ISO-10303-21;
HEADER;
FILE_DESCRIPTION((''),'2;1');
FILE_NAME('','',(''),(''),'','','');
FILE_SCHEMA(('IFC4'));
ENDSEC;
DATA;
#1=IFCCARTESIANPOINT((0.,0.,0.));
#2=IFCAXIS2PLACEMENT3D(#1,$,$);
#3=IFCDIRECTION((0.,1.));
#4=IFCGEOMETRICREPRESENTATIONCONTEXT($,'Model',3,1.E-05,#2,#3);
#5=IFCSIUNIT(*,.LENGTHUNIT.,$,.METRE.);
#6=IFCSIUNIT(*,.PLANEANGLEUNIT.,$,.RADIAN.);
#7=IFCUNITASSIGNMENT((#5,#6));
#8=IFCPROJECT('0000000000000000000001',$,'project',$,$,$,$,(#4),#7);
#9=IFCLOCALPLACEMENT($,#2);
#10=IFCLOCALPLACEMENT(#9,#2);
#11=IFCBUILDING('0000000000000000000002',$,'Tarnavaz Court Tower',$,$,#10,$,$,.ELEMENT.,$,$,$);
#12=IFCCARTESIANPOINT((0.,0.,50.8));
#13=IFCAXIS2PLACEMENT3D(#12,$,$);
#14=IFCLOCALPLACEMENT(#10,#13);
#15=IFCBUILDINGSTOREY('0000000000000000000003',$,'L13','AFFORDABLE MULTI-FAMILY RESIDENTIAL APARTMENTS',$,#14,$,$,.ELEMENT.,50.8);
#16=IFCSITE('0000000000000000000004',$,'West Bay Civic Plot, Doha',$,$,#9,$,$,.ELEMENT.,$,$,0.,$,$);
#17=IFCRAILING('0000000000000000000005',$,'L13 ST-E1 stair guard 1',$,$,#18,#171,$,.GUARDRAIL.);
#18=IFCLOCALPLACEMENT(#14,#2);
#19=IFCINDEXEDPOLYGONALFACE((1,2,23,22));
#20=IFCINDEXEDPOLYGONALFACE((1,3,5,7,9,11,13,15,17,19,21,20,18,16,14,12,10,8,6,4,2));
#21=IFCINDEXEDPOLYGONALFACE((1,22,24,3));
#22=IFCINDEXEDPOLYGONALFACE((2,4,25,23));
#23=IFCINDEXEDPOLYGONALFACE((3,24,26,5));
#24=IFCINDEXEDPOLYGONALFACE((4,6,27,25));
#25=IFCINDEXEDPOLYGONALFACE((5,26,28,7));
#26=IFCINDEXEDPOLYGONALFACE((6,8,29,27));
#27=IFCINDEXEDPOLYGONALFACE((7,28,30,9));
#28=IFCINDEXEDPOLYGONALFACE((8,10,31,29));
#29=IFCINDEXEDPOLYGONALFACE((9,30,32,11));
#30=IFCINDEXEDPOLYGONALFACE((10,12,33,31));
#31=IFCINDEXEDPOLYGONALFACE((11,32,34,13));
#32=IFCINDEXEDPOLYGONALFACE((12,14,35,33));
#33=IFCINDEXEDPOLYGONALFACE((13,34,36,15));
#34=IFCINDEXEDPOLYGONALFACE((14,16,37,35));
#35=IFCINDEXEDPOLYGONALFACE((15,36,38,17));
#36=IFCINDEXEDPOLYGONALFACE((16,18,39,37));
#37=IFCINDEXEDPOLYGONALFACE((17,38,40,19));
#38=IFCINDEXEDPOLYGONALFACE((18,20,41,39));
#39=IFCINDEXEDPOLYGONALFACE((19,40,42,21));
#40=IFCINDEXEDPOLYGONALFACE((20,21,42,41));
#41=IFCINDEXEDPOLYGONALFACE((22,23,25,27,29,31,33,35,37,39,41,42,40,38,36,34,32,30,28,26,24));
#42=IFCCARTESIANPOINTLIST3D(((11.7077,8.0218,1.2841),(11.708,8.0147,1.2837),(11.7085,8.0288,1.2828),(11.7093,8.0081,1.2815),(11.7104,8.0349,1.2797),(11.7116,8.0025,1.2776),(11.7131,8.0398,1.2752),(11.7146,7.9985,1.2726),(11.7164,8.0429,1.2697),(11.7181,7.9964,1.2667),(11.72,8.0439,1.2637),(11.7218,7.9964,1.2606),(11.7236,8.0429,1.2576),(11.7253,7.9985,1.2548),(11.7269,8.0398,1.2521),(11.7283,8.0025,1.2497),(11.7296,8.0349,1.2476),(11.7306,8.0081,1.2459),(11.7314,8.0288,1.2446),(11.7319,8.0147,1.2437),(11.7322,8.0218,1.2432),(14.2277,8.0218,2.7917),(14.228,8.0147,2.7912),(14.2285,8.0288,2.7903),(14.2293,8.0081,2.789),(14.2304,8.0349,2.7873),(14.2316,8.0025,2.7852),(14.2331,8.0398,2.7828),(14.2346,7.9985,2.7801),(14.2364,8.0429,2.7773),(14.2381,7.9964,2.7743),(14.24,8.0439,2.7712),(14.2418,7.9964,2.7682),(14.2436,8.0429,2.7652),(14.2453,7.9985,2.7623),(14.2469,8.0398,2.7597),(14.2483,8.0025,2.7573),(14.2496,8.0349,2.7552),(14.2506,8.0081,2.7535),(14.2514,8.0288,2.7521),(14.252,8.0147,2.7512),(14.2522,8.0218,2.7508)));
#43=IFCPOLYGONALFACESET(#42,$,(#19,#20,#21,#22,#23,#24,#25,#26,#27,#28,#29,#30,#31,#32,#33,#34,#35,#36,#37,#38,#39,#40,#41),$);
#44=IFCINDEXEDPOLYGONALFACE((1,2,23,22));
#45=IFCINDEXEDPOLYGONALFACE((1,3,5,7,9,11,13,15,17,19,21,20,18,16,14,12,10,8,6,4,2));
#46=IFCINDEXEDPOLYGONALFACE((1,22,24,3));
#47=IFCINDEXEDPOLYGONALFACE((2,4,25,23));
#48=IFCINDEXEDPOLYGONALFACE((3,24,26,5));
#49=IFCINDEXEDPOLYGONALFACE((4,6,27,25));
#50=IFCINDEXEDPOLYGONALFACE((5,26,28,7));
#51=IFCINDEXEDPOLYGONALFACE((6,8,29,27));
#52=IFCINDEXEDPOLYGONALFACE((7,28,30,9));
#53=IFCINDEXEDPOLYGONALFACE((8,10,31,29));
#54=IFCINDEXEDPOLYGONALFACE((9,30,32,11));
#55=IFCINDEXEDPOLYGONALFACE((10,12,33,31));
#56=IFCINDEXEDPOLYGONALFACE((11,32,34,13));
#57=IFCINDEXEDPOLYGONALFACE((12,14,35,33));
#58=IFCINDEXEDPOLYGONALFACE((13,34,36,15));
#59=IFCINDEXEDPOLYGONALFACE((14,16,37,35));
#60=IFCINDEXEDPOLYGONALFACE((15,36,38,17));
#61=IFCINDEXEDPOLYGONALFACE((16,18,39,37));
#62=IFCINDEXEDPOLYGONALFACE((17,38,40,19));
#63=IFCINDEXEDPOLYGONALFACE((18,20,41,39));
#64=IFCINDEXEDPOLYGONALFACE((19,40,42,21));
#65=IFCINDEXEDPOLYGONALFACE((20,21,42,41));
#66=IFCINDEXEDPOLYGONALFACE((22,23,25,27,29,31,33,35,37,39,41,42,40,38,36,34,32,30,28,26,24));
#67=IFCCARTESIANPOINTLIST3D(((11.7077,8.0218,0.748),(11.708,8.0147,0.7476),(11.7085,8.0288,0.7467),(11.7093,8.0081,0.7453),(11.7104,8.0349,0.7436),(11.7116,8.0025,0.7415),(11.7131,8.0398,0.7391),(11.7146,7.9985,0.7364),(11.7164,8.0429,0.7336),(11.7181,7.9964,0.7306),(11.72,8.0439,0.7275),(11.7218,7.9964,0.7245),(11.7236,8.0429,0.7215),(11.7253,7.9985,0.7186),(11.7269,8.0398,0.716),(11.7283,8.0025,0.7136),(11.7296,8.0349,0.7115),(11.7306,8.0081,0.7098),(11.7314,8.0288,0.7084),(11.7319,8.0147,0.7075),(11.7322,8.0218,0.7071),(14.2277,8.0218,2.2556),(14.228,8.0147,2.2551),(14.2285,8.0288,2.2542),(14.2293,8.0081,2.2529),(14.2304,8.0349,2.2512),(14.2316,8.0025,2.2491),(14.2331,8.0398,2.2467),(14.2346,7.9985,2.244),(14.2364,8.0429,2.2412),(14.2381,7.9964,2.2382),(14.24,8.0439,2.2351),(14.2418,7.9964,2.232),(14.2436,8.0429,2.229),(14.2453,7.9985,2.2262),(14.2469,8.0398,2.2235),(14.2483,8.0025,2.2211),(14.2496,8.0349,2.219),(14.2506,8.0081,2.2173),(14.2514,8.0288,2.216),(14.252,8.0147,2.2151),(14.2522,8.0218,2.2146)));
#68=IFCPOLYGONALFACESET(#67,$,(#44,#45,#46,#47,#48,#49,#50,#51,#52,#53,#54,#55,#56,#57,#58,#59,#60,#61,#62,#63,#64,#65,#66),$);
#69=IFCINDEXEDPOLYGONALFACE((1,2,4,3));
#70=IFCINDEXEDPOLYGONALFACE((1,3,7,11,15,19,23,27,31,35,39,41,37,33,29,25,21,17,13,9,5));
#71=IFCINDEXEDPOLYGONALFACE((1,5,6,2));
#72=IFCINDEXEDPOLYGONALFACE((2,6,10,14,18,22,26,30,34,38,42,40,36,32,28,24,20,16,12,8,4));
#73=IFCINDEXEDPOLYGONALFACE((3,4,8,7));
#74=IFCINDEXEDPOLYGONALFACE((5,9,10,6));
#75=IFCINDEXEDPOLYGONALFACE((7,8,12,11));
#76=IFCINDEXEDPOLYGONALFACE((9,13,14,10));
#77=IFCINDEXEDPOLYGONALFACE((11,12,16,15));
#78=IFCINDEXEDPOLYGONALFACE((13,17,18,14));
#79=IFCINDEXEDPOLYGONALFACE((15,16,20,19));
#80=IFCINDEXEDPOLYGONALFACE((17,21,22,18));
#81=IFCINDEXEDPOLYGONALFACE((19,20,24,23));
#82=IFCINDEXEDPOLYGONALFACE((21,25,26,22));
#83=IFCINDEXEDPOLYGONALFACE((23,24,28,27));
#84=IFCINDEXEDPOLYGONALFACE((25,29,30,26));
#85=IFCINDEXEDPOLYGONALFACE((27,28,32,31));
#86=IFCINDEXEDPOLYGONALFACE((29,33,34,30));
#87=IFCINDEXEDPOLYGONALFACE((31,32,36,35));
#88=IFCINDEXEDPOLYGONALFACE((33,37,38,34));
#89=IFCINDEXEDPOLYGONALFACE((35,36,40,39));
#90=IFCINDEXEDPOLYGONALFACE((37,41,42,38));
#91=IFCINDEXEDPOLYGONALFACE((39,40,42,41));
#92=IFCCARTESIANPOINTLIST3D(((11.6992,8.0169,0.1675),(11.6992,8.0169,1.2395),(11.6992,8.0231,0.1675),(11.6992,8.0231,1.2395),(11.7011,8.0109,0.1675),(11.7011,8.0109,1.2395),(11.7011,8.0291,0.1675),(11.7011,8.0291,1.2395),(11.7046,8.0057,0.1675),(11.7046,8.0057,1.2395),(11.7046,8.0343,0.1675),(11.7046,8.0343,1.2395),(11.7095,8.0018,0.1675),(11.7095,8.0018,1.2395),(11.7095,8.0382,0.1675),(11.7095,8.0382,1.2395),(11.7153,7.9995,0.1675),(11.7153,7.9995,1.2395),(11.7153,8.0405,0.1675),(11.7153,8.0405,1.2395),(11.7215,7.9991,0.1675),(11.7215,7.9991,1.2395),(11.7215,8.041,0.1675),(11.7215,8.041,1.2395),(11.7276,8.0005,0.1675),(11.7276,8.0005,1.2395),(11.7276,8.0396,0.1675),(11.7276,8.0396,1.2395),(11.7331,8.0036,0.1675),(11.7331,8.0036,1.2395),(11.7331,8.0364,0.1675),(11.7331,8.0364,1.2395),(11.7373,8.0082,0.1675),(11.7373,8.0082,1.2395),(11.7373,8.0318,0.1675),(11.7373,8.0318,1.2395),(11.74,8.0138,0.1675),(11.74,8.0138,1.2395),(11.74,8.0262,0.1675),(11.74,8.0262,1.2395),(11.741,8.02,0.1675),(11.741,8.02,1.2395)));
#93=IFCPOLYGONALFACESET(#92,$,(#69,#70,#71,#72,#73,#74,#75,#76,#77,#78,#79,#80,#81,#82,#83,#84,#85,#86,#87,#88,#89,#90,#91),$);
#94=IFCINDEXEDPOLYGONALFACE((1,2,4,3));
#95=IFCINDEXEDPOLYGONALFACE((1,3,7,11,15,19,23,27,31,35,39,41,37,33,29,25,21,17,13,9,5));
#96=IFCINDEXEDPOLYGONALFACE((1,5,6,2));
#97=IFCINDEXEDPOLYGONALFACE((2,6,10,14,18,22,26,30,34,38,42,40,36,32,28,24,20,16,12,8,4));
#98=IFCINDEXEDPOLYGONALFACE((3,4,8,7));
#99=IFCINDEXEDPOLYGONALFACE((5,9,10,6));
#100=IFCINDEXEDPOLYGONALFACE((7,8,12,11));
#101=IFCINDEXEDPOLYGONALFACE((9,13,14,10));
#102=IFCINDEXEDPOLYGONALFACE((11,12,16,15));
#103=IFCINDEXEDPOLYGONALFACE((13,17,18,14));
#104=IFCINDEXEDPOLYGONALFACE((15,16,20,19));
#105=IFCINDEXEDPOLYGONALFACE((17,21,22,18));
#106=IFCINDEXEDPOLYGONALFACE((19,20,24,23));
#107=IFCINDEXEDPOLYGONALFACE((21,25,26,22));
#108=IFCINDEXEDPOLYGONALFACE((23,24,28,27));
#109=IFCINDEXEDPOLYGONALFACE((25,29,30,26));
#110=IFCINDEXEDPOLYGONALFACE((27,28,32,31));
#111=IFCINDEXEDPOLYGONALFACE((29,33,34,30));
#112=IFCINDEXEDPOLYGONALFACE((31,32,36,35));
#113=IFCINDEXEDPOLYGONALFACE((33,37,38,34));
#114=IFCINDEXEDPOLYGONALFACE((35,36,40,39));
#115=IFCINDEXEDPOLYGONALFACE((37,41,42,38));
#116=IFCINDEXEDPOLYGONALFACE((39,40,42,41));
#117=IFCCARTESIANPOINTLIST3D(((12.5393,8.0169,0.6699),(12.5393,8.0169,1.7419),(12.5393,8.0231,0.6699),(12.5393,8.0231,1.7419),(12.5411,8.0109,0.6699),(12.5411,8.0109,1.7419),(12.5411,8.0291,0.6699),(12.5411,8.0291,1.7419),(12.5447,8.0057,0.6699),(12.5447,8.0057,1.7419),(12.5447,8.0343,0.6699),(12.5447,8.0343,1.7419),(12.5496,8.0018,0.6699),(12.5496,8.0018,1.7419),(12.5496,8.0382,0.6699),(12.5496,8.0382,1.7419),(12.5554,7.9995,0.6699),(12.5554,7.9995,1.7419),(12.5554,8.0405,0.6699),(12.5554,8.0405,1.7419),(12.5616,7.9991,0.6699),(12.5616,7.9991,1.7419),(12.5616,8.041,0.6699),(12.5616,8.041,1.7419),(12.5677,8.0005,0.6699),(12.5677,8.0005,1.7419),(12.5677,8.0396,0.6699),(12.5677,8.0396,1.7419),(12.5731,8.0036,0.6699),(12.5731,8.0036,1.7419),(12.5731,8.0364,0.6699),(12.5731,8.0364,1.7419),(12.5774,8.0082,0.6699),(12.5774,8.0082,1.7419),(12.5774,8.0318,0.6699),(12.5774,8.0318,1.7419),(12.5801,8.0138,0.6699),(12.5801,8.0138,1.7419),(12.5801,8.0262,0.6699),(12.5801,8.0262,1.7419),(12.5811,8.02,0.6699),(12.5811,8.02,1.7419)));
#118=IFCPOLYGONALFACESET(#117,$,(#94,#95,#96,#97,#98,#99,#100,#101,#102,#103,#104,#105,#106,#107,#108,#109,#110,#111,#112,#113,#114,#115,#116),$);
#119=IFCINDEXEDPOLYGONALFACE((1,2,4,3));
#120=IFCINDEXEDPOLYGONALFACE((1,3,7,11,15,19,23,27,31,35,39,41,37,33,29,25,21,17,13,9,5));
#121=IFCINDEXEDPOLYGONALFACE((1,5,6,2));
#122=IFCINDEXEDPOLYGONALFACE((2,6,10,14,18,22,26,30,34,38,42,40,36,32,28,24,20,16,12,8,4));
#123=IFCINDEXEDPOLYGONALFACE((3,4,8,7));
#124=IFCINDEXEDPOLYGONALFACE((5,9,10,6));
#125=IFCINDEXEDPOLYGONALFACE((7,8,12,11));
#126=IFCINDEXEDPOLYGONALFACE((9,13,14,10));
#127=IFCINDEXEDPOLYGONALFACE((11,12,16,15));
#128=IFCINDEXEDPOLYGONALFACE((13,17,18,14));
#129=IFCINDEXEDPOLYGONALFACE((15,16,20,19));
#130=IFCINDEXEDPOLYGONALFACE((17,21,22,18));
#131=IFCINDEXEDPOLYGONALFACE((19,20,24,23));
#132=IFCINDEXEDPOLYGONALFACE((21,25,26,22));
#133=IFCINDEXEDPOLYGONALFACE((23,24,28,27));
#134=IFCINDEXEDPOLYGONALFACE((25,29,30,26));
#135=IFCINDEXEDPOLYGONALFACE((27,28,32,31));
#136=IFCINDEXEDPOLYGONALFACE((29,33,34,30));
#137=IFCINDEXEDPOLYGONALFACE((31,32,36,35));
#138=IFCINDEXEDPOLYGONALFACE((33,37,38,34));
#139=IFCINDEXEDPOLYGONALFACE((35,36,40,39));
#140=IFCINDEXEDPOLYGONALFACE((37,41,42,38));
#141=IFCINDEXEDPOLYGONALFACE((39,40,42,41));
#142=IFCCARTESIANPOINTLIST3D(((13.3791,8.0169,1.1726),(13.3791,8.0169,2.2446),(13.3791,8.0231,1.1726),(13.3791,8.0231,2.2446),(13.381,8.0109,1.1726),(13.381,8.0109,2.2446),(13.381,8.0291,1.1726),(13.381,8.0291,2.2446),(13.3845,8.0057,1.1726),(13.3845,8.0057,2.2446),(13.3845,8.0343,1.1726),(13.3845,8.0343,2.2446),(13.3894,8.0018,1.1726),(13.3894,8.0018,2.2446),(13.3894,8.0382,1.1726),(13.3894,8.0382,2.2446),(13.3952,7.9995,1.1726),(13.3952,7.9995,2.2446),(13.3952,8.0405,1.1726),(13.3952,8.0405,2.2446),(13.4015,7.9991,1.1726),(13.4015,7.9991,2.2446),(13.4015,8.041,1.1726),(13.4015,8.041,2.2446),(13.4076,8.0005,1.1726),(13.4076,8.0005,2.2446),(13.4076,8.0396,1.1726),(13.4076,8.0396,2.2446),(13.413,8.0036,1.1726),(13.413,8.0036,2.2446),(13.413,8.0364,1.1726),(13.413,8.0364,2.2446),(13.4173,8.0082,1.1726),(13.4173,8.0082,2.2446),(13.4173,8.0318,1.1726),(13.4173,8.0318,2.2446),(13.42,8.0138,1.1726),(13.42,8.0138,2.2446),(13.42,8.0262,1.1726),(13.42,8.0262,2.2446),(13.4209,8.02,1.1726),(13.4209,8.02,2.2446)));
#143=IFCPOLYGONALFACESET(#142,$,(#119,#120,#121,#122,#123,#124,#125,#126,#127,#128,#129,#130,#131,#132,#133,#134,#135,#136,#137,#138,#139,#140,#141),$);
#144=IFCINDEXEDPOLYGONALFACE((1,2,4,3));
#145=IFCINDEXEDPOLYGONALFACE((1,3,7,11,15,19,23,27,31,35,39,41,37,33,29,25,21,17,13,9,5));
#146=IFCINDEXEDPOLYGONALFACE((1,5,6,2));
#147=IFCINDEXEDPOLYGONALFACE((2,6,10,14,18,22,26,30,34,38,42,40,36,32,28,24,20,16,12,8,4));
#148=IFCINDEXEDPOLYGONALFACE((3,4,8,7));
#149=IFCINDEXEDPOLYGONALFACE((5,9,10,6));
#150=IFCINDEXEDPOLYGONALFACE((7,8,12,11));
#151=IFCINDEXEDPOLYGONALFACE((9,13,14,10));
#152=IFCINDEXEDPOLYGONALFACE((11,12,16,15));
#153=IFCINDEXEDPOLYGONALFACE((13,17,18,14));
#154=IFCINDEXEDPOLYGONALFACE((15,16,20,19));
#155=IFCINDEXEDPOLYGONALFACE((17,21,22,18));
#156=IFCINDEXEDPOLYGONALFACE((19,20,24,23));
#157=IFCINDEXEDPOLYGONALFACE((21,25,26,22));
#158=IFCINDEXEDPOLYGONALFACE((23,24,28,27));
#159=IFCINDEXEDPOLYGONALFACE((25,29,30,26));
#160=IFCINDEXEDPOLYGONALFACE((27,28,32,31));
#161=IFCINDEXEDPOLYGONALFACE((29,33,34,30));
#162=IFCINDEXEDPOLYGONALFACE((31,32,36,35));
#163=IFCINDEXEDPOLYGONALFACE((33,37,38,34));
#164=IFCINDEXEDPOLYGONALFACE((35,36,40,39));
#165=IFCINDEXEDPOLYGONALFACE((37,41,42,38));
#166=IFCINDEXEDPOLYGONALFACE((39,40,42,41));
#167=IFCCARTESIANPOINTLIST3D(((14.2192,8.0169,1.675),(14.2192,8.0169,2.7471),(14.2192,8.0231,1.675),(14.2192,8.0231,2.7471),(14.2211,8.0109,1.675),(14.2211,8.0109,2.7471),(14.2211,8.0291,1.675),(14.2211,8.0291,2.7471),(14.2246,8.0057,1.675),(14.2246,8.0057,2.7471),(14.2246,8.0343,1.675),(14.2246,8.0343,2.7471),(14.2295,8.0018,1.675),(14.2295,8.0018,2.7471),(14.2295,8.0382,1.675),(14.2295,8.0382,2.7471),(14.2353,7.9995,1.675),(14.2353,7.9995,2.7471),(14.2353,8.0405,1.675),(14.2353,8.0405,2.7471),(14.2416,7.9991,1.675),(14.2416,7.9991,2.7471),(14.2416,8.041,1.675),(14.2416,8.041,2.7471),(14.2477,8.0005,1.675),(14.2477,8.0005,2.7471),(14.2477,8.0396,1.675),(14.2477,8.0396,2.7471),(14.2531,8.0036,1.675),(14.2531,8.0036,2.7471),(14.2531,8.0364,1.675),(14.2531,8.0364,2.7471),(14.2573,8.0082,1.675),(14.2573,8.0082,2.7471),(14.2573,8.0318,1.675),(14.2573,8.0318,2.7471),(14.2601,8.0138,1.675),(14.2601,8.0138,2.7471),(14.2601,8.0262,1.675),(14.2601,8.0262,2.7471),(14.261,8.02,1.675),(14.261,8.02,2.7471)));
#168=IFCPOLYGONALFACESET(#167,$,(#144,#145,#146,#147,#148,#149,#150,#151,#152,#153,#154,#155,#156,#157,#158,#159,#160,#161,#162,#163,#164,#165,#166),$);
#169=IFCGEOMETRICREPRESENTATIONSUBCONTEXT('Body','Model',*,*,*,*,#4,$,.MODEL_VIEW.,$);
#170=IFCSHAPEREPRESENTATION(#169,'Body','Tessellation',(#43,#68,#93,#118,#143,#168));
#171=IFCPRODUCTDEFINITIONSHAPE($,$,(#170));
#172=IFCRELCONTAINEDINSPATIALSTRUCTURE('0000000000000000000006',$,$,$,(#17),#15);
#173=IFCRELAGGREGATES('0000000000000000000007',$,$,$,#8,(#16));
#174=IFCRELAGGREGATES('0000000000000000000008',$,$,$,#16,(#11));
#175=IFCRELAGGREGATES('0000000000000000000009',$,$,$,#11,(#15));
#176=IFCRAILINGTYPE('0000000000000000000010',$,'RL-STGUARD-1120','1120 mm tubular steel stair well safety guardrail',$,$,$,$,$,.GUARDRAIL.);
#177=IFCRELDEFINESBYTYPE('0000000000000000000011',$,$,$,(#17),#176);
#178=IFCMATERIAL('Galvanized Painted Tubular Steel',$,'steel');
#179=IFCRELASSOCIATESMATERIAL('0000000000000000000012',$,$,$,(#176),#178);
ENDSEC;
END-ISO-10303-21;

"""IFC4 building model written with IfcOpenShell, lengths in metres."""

from ifc_helpers import new_model, si_unit, direction, frame, origin, origin_2d, place, context, subcontext, project, spatial, circle, extrude, material, type_object, element, save


model = new_model("IFC4")

# Units and contexts
model_context = context("Model", 3, precision=1e-05, world=origin(), true_north=direction((0.0, 1.0)))
body_context = subcontext(model_context, "Body", "Model", "MODEL_VIEW")
ifc_project = project(units=[si_unit("LENGTHUNIT", "METRE"), si_unit("PLANEANGLEUNIT", "RADIAN")], contexts=[model_context])

# Site, building, storey
site_placement = place(None, origin())
site = spatial("IfcSite", under=ifc_project, at=site_placement, Name="West Bay Civic Plot, Doha", CompositionType="ELEMENT", RefElevation=0.0)
building_placement = place(site_placement, origin())
building = spatial("IfcBuilding", under=site, at=building_placement, Name="Tarnavaz Court Tower", CompositionType="ELEMENT")
storey_placement = place(building_placement, frame((0.0, 0.0, 50.8)))
storey = spatial("IfcBuildingStorey", under=building, at=storey_placement, Name="L13", Description="AFFORDABLE MULTI-FAMILY RESIDENTIAL APARTMENTS", CompositionType="ELEMENT", Elevation=50.8)

# Railing
ifc_material_1 = material(Name="Galvanized Painted Tubular Steel", Category="steel")
railing_type_1 = type_object("IfcRailingType", Name="RL-STGUARD-1120", Description="1120 mm tubular steel stair well safety guardrail", PredefinedType="GUARDRAIL", material=ifc_material_1)
railing_1_placement = place(storey_placement, frame((11.72, 8.02, 0.1675)))
element("IfcRailing", 1, at=railing_1_placement, inside=storey, type_object=railing_type_1, Name="L13 ST-E1 stair guard 1", PredefinedType="GUARDRAIL", context=body_context, shape_type="SweptSolid", body=[
    extrude(circle(Radius=0.0239, at=origin_2d()), frame((0.0, 0.0, 1.0962), z_axis=(0.85816, 0.0, 0.513383), x_axis=(0.0, 1.0, 0.0)), (0.0, 0.0, 1.0), 2.9365),
    extrude(circle(Radius=0.0239, at=origin_2d()), frame((0.0, 0.0, 0.5601), z_axis=(0.85816, 0.0, 0.513383), x_axis=(0.0, 1.0, 0.0)), (0.0, 0.0, 1.0), 2.9365),
    extrude(circle(Radius=0.021, at=origin_2d()), origin(), (0.0, 0.0, 1.0), 1.072),
    extrude(circle(Radius=0.021, at=origin_2d()), frame((0.8401, 0.0, 0.5024)), (0.0, 0.0, 1.0), 1.072),
    extrude(circle(Radius=0.021, at=origin_2d()), frame((1.6799, 0.0, 1.0051)), (0.0, 0.0, 1.0), 1.072),
    extrude(circle(Radius=0.021, at=origin_2d()), frame((2.52, 0.0, 1.5076)), (0.0, 0.0, 1.0), 1.072),
])

save(model, "model.ifc")
